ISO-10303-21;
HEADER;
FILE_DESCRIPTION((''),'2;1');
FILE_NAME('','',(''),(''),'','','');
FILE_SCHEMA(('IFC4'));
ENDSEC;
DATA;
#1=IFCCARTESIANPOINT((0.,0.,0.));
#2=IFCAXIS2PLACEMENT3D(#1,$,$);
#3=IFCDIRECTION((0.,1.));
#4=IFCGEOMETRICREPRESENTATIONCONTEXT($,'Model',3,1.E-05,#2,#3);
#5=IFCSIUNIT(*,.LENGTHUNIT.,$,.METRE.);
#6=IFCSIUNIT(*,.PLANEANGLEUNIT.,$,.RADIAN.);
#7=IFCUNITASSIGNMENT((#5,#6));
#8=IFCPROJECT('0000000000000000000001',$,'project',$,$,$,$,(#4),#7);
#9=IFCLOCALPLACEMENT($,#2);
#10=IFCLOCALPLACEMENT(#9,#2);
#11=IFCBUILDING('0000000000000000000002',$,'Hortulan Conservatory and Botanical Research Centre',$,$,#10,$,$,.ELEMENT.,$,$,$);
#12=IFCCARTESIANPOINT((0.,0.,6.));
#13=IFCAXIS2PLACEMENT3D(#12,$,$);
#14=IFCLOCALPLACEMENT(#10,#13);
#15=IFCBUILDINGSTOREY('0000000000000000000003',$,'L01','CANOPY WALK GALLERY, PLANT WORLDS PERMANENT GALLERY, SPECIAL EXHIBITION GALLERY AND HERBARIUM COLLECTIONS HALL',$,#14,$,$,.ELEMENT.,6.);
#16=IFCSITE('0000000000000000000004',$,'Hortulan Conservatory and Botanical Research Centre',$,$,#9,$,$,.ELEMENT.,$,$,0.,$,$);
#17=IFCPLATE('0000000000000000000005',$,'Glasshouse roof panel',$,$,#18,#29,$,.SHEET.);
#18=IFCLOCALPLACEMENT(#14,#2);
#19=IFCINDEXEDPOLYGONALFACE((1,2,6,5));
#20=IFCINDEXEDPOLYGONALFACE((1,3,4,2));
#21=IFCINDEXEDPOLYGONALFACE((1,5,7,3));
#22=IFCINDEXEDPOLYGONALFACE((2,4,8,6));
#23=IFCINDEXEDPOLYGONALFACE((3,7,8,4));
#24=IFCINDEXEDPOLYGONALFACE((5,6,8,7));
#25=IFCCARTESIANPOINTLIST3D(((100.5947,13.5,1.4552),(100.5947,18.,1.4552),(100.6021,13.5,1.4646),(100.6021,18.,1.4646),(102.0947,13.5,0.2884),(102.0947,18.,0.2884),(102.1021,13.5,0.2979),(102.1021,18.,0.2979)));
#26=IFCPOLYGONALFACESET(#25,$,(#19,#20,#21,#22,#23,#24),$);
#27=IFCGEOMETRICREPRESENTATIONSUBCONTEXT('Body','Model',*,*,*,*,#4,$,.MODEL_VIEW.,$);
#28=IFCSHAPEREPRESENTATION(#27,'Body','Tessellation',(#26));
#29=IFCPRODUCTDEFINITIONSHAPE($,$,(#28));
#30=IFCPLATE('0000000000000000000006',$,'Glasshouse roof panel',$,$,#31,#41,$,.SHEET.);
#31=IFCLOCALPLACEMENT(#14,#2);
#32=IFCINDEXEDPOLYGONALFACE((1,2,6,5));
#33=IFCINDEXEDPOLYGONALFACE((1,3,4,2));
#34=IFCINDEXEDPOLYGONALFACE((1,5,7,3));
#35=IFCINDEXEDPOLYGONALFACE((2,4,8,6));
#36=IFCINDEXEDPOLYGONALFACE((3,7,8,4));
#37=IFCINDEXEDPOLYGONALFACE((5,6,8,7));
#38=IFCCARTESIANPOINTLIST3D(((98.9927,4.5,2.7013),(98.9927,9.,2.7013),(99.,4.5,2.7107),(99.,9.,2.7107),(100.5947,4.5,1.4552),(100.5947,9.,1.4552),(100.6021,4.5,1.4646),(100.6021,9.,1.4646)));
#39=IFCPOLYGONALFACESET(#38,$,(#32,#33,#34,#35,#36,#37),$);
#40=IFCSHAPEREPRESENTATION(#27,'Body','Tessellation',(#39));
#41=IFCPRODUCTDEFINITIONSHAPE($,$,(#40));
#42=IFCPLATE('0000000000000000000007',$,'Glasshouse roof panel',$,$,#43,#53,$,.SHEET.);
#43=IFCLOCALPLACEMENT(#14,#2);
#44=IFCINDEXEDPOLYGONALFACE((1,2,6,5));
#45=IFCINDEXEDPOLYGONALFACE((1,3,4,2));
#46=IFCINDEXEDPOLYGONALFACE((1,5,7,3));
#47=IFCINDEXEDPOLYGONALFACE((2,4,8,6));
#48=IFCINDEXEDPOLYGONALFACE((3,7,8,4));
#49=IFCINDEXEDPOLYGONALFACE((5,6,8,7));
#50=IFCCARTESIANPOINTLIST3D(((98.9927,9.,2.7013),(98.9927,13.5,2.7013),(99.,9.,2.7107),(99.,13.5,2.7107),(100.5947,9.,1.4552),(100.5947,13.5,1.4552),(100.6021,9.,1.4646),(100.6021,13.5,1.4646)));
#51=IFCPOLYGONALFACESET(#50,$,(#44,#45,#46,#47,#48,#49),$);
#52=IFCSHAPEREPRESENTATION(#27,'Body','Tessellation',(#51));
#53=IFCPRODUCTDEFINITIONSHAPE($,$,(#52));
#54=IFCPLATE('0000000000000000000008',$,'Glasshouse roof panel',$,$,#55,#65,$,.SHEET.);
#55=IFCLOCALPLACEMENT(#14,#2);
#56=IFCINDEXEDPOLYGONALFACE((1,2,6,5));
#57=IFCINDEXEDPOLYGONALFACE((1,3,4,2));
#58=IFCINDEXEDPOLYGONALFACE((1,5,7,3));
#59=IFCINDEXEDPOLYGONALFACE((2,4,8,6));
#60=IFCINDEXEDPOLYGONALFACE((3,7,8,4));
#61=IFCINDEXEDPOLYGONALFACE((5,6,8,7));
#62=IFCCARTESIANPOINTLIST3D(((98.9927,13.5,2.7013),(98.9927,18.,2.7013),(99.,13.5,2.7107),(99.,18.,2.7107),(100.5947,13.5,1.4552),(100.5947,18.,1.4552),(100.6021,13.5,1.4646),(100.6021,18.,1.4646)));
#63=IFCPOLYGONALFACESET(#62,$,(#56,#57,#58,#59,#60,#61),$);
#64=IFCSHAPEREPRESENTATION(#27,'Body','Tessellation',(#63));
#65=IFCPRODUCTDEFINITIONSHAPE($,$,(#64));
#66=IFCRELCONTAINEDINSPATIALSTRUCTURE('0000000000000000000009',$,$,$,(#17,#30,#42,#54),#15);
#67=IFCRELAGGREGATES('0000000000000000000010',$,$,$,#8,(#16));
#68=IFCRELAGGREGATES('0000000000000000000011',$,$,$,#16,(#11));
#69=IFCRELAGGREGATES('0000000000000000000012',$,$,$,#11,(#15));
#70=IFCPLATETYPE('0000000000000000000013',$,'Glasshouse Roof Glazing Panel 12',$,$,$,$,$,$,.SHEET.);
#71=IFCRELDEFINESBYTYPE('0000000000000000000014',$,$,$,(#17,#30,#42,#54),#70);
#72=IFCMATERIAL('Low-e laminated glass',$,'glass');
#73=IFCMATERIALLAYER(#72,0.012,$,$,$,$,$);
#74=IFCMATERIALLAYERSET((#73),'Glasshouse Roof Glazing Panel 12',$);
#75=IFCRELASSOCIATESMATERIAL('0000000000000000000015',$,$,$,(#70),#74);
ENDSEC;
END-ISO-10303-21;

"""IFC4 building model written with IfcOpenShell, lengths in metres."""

from ifc_helpers import new_model, si_unit, direction, frame, origin, place, context, subcontext, project, spatial, polyline, outline, extrude, material, layer, layer_set, type_object, element, save


model = new_model("IFC4")

# Units and contexts
model_context = context("Model", 3, precision=1e-05, world=origin(), true_north=direction((0.0, 1.0)))
body_context = subcontext(model_context, "Body", "Model", "MODEL_VIEW")
ifc_project = project(units=[si_unit("LENGTHUNIT", "METRE"), si_unit("PLANEANGLEUNIT", "RADIAN")], contexts=[model_context])

# Site, building, storey
site_placement = place(None, origin())
site = spatial("IfcSite", under=ifc_project, at=site_placement, Name="Hortulan Conservatory and Botanical Research Centre", CompositionType="ELEMENT", RefElevation=0.0)
building_placement = place(site_placement, origin())
building = spatial("IfcBuilding", under=site, at=building_placement, Name="Hortulan Conservatory and Botanical Research Centre", CompositionType="ELEMENT")
storey_placement = place(building_placement, frame((0.0, 0.0, 6.0)))
storey = spatial("IfcBuildingStorey", under=building, at=storey_placement, Name="L01", Description="CANOPY WALK GALLERY, PLANT WORLDS PERMANENT GALLERY, SPECIAL EXHIBITION GALLERY AND HERBARIUM COLLECTIONS HALL", CompositionType="ELEMENT", Elevation=6.0)

# Plates
ifc_material_1 = material(Name="Low-e laminated glass", Category="glass")
ifc_layer = layer(ifc_material_1, 0.012)
ifc_layer_set = layer_set([ifc_layer], Name="Glasshouse Roof Glazing Panel 12")
plate_type = type_object("IfcPlateType", Name="Glasshouse Roof Glazing Panel 12", PredefinedType="SHEET", material=ifc_layer_set)
for number, where, z_axis, x_axis, name in (
    (1, (102.1021, 18.0, 0.2979), (0.613967, 0.0, 0.789331), (-0.789331, 0.0, 0.613967), "Glasshouse roof panel"),
):
    element("IfcPlate", number, at=place(storey_placement, frame(where, z_axis=z_axis, x_axis=x_axis)), inside=storey, type_object=plate_type, Name=name, PredefinedType="SHEET", context=body_context, shape_type="SweptSolid", body=[
        extrude(outline(polyline([(0.0, 0.0), (1.9003, 0.0), (1.9003, 4.5), (0.0, 4.5), (0.0, 0.0)])), origin(), (0.0, 0.0, -1.0), 0.012),
    ])
for number, where, z_axis, x_axis, name in (
    (2, (100.6021, 9.0, 1.4646), (0.613957, 0.0, 0.789339), (-0.789339, 0.0, 0.613957), "Glasshouse roof panel"),
    (3, (100.6021, 13.5, 1.4646), (0.613957, 0.0, 0.789339), (-0.789339, 0.0, 0.613957), "Glasshouse roof panel"),
    (4, (100.6021, 18.0, 1.4646), (0.613957, 0.0, 0.789339), (-0.789339, 0.0, 0.613957), "Glasshouse roof panel"),
):
    element("IfcPlate", number, at=place(storey_placement, frame(where, z_axis=z_axis, x_axis=x_axis)), inside=storey, type_object=plate_type, Name=name, PredefinedType="SHEET", context=body_context, shape_type="SweptSolid", body=[
        extrude(outline(polyline([(0.0, 0.0), (2.0296, 0.0), (2.0296, 4.5), (0.0, 4.5), (0.0, 0.0)])), origin(), (0.0, 0.0, -1.0), 0.012),
    ])

save(model, "model.ifc")
